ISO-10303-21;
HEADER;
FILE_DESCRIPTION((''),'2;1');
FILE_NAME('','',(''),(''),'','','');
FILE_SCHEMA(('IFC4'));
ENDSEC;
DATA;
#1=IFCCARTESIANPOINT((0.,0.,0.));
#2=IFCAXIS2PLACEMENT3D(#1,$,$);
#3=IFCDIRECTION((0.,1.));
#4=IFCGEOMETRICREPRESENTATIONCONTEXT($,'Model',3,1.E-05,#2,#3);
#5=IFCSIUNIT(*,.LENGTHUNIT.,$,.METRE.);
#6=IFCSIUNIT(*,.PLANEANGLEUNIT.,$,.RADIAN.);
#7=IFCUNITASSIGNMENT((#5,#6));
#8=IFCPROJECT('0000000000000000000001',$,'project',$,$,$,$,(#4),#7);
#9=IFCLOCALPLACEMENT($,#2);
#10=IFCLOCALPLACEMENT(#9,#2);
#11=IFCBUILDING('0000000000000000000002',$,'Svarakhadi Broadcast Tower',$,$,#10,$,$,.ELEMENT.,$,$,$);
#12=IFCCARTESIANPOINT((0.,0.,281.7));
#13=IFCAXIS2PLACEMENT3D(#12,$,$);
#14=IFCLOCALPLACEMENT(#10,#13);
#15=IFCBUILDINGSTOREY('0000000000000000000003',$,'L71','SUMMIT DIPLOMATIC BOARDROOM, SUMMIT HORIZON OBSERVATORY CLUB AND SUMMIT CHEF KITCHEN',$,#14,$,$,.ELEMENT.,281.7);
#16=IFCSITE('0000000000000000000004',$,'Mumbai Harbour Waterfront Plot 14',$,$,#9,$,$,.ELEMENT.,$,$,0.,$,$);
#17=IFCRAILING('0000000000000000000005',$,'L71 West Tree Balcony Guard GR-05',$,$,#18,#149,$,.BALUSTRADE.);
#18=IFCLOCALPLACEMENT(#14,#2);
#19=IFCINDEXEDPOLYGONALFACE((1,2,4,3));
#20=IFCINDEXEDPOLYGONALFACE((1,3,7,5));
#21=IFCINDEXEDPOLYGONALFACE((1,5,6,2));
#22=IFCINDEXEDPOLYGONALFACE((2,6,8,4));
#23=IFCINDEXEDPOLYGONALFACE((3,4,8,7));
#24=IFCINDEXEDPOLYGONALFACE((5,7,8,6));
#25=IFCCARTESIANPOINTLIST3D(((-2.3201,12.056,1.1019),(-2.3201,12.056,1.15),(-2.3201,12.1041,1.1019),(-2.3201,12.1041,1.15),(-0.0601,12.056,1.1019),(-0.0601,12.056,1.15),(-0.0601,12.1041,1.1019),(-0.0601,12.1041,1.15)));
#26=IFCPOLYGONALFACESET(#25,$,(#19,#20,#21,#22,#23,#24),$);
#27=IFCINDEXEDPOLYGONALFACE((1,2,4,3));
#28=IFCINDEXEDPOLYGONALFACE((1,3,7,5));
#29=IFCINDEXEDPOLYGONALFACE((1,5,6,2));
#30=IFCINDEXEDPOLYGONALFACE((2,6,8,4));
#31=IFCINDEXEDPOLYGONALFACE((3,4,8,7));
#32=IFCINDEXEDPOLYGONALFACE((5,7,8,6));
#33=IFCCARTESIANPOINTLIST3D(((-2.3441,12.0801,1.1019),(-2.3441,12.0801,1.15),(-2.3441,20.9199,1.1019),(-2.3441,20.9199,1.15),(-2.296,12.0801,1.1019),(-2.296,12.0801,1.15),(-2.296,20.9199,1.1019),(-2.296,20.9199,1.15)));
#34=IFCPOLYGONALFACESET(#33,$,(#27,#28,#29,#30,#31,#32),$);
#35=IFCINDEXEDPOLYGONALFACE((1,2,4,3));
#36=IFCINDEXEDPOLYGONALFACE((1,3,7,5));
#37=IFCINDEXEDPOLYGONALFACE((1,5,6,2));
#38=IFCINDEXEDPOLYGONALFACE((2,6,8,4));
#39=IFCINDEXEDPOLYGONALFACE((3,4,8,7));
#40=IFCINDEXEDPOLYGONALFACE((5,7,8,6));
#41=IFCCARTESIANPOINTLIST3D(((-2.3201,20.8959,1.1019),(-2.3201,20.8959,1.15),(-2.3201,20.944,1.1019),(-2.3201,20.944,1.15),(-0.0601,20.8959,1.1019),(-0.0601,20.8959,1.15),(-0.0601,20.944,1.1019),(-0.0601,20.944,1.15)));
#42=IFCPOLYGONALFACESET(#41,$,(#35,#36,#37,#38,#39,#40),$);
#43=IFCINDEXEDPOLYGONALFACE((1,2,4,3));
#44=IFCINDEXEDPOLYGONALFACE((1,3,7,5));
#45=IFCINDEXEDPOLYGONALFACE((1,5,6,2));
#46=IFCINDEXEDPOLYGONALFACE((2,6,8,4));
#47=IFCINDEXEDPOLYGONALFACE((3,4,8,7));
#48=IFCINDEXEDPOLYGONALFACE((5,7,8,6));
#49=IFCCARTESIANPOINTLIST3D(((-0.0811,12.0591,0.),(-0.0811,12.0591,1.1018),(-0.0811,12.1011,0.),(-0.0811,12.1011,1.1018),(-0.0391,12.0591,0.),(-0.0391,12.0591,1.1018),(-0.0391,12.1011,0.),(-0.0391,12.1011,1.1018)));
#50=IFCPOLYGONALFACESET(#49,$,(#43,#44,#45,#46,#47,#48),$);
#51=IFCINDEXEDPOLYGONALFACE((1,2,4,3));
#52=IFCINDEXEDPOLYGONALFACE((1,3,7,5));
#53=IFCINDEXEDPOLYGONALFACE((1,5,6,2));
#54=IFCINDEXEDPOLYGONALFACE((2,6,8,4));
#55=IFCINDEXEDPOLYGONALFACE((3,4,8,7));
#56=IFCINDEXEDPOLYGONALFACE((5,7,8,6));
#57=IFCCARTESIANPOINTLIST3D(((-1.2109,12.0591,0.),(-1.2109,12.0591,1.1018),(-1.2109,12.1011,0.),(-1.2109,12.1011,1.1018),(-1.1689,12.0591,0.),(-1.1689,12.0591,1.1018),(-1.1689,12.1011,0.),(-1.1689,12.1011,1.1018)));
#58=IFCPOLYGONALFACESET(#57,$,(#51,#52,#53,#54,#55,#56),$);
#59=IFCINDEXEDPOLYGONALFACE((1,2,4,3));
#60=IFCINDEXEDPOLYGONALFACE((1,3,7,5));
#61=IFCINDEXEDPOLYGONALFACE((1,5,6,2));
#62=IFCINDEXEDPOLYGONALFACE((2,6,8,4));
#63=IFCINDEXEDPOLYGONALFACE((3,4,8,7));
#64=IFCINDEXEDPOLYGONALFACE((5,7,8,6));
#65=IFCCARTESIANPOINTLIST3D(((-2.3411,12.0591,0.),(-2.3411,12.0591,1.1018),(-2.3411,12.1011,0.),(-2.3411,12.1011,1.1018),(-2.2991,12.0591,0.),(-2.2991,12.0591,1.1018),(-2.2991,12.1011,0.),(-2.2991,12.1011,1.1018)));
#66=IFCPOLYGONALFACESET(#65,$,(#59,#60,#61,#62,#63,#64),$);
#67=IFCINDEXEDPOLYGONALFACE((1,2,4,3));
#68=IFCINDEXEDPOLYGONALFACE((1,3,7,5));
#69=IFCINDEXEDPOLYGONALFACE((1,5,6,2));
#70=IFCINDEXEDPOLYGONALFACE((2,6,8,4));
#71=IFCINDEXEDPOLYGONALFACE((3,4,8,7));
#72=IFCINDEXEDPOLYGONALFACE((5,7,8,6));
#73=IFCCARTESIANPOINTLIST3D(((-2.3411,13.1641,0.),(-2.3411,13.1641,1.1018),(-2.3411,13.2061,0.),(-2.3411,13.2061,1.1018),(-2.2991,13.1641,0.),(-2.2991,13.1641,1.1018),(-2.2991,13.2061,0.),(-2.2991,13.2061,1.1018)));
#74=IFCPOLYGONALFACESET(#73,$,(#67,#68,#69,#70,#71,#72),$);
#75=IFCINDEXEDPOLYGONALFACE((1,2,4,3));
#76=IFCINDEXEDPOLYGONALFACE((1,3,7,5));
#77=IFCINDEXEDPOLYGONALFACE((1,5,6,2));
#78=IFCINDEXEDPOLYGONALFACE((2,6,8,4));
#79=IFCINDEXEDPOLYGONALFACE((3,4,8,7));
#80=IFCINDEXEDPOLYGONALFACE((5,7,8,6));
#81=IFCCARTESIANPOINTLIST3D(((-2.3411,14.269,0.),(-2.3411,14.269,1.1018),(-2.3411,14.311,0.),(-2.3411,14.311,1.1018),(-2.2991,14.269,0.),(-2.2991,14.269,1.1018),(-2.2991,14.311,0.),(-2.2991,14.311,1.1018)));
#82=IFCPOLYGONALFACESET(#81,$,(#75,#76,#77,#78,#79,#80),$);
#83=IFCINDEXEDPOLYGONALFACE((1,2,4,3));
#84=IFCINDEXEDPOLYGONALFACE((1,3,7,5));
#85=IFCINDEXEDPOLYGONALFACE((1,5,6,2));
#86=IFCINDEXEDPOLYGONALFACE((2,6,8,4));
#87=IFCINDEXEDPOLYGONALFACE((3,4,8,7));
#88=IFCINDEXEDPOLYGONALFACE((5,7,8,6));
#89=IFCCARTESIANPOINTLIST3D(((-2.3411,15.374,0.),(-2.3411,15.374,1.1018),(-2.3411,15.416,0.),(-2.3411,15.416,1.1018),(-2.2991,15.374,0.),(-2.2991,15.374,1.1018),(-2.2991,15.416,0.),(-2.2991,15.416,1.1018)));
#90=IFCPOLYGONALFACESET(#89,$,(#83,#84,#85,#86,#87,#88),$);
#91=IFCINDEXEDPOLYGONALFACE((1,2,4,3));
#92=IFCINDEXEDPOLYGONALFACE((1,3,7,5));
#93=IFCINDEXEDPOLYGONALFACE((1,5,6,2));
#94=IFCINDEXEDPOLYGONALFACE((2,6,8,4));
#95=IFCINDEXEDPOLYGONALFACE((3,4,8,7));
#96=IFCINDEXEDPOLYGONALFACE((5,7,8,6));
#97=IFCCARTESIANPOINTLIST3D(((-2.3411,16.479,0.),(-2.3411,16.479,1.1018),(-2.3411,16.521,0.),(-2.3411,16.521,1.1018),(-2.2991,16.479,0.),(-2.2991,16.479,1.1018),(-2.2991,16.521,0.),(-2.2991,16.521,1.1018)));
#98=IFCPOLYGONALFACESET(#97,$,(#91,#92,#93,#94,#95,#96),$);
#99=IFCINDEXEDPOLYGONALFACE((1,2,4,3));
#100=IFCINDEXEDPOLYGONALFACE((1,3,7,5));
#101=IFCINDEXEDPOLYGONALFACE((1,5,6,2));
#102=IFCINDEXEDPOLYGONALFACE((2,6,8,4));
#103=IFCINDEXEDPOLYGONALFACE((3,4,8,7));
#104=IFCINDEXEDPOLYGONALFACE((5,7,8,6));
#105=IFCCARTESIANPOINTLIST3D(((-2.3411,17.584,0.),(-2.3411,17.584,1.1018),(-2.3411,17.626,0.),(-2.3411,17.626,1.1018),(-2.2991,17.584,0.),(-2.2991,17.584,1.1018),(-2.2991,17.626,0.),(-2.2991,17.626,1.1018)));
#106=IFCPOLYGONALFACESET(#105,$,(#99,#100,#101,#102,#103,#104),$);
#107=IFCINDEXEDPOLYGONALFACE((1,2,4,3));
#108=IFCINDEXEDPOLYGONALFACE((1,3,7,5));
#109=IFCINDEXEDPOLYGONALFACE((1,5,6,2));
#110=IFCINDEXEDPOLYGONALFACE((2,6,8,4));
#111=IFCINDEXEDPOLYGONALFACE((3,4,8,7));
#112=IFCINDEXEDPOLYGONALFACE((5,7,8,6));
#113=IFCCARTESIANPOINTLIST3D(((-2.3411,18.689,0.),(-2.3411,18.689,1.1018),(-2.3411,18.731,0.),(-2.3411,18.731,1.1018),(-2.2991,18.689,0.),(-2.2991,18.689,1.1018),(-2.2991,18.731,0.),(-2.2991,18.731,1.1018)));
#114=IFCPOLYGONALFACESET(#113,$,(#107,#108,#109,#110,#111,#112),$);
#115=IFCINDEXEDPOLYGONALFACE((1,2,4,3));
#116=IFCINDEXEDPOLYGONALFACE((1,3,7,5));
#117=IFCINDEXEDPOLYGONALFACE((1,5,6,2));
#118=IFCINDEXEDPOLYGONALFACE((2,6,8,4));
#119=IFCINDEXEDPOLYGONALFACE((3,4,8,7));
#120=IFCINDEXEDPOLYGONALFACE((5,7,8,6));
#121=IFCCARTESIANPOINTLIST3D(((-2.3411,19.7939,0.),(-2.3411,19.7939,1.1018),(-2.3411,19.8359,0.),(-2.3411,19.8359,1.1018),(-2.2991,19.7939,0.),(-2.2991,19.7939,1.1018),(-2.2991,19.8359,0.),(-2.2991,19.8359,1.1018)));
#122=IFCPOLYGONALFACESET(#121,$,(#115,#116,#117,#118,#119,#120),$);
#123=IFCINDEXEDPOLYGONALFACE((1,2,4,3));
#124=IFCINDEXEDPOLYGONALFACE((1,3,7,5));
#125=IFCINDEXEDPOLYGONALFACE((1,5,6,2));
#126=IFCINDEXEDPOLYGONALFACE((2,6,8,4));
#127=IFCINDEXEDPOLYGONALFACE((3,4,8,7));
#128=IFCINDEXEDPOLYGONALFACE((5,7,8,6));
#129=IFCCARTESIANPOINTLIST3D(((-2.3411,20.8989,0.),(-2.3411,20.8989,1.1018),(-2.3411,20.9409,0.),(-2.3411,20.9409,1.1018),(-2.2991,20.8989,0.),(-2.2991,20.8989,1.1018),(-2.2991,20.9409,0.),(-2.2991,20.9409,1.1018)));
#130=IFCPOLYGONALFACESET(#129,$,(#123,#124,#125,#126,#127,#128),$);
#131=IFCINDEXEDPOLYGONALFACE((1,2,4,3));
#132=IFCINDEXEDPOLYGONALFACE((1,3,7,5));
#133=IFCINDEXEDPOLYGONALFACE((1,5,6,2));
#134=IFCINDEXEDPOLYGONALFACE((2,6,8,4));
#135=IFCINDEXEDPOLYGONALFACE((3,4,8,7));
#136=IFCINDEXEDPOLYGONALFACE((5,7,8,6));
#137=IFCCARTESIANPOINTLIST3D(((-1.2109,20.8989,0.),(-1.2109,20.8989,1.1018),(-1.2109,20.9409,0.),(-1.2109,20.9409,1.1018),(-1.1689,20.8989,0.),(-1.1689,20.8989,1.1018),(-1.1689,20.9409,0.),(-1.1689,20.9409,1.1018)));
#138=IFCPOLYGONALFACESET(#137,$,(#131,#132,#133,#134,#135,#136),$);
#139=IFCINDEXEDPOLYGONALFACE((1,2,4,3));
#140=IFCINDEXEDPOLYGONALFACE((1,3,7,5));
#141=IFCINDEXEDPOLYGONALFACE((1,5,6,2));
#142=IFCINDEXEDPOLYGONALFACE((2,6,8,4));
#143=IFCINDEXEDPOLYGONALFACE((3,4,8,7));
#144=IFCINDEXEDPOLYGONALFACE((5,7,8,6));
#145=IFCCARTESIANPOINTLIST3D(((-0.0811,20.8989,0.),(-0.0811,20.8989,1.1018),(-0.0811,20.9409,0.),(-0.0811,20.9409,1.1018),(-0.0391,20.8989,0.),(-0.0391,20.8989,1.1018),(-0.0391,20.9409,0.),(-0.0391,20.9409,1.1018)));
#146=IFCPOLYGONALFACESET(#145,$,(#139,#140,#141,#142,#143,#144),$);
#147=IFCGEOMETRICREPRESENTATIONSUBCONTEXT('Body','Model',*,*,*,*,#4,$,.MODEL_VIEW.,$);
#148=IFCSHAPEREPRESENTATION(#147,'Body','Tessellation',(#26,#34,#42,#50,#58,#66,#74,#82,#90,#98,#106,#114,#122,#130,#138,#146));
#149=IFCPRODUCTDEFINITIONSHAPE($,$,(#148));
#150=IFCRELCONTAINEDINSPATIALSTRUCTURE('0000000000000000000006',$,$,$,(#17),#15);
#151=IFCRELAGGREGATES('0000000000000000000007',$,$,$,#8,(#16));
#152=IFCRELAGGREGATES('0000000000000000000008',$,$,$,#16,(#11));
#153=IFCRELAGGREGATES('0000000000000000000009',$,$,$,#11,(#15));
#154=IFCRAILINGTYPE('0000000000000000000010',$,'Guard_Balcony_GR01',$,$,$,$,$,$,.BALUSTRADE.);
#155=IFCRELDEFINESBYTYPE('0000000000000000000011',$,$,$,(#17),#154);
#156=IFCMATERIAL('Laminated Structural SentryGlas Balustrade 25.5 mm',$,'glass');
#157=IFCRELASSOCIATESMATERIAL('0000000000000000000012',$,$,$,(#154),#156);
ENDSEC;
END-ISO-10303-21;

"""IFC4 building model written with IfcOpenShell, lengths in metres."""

from ifc_helpers import new_model, si_unit, direction, frame, origin, origin_2d, place, context, subcontext, project, spatial, rectangle, extrude, material, type_object, element, save


model = new_model("IFC4")

# Units and contexts
model_context = context("Model", 3, precision=1e-05, world=origin(), true_north=direction((0.0, 1.0)))
body_context = subcontext(model_context, "Body", "Model", "MODEL_VIEW")
ifc_project = project(units=[si_unit("LENGTHUNIT", "METRE"), si_unit("PLANEANGLEUNIT", "RADIAN")], contexts=[model_context])

# Site, building, storey
site_placement = place(None, origin())
site = spatial("IfcSite", under=ifc_project, at=site_placement, Name="Mumbai Harbour Waterfront Plot 14", CompositionType="ELEMENT", RefElevation=0.0)
building_placement = place(site_placement, origin())
building = spatial("IfcBuilding", under=site, at=building_placement, Name="Svarakhadi Broadcast Tower", CompositionType="ELEMENT")
storey_placement = place(building_placement, frame((0.0, 0.0, 281.7)))
storey = spatial("IfcBuildingStorey", under=building, at=storey_placement, Name="L71", Description="SUMMIT DIPLOMATIC BOARDROOM, SUMMIT HORIZON OBSERVATORY CLUB AND SUMMIT CHEF KITCHEN", CompositionType="ELEMENT", Elevation=281.7)

# Railing
ifc_material_1 = material(Name="Laminated Structural SentryGlas Balustrade 25.5 mm", Category="glass")
railing_type = type_object("IfcRailingType", Name="Guard_Balcony_GR01", PredefinedType="BALUSTRADE", material=ifc_material_1)
railing_placement = place(storey_placement, frame((-0.0601, 12.0801, 0.0)))
element("IfcRailing", 1, at=railing_placement, inside=storey, type_object=railing_type, Name="L71 West Tree Balcony Guard GR-05", PredefinedType="BALUSTRADE", context=body_context, shape_type="SweptSolid", body=[
    extrude(rectangle(XDim=0.0481, YDim=0.0481, at=origin_2d()), frame((0.0, 0.0, 1.126), z_axis=(-1.0, 0.0, 0.0), x_axis=(0.0, -1.0, 0.0)), (0.0, 0.0, 1.0), 2.26),
    extrude(rectangle(XDim=0.0481, YDim=0.0481, at=origin_2d()), frame((-2.26, 0.0, 1.126), z_axis=(0.0, 1.0, 0.0), x_axis=(-1.0, 0.0, 0.0)), (0.0, 0.0, 1.0), 8.8398),
    extrude(rectangle(XDim=0.0481, YDim=0.0481, at=origin_2d()), frame((-2.26, 8.8398, 1.126), z_axis=(1.0, 0.0, 0.0), x_axis=(0.0, 1.0, 0.0)), (0.0, 0.0, 1.0), 2.26),
    extrude(rectangle(XDim=0.042, YDim=0.042, at=origin_2d()), origin(), (0.0, 0.0, 1.0), 1.1018),
    extrude(rectangle(XDim=0.042, YDim=0.042, at=origin_2d()), frame((-1.1299, 0.0, 0.0)), (0.0, 0.0, 1.0), 1.1018),
    extrude(rectangle(XDim=0.042, YDim=0.042, at=origin_2d()), frame((-2.26, 0.0, 0.0)), (0.0, 0.0, 1.0), 1.1018),
    extrude(rectangle(XDim=0.042, YDim=0.042, at=origin_2d()), frame((-2.26, 1.105, 0.0)), (0.0, 0.0, 1.0), 1.1018),
    extrude(rectangle(XDim=0.042, YDim=0.042, at=origin_2d()), frame((-2.26, 2.21, 0.0)), (0.0, 0.0, 1.0), 1.1018),
    extrude(rectangle(XDim=0.042, YDim=0.042, at=origin_2d()), frame((-2.26, 3.3149, 0.0)), (0.0, 0.0, 1.0), 1.1018),
    extrude(rectangle(XDim=0.042, YDim=0.042, at=origin_2d()), frame((-2.26, 4.4199, 0.0)), (0.0, 0.0, 1.0), 1.1018),
    extrude(rectangle(XDim=0.042, YDim=0.042, at=origin_2d()), frame((-2.26, 5.5249, 0.0)), (0.0, 0.0, 1.0), 1.1018),
    extrude(rectangle(XDim=0.042, YDim=0.042, at=origin_2d()), frame((-2.26, 6.6299, 0.0)), (0.0, 0.0, 1.0), 1.1018),
    extrude(rectangle(XDim=0.042, YDim=0.042, at=origin_2d()), frame((-2.26, 7.7349, 0.0)), (0.0, 0.0, 1.0), 1.1018),
    extrude(rectangle(XDim=0.042, YDim=0.042, at=origin_2d()), frame((-2.26, 8.8398, 0.0)), (0.0, 0.0, 1.0), 1.1018),
    extrude(rectangle(XDim=0.042, YDim=0.042, at=origin_2d()), frame((-1.1299, 8.8398, 0.0)), (0.0, 0.0, 1.0), 1.1018),
    extrude(rectangle(XDim=0.042, YDim=0.042, at=origin_2d()), frame((0.0, 8.8398, 0.0)), (0.0, 0.0, 1.0), 1.1018),
])

save(model, "model.ifc")
